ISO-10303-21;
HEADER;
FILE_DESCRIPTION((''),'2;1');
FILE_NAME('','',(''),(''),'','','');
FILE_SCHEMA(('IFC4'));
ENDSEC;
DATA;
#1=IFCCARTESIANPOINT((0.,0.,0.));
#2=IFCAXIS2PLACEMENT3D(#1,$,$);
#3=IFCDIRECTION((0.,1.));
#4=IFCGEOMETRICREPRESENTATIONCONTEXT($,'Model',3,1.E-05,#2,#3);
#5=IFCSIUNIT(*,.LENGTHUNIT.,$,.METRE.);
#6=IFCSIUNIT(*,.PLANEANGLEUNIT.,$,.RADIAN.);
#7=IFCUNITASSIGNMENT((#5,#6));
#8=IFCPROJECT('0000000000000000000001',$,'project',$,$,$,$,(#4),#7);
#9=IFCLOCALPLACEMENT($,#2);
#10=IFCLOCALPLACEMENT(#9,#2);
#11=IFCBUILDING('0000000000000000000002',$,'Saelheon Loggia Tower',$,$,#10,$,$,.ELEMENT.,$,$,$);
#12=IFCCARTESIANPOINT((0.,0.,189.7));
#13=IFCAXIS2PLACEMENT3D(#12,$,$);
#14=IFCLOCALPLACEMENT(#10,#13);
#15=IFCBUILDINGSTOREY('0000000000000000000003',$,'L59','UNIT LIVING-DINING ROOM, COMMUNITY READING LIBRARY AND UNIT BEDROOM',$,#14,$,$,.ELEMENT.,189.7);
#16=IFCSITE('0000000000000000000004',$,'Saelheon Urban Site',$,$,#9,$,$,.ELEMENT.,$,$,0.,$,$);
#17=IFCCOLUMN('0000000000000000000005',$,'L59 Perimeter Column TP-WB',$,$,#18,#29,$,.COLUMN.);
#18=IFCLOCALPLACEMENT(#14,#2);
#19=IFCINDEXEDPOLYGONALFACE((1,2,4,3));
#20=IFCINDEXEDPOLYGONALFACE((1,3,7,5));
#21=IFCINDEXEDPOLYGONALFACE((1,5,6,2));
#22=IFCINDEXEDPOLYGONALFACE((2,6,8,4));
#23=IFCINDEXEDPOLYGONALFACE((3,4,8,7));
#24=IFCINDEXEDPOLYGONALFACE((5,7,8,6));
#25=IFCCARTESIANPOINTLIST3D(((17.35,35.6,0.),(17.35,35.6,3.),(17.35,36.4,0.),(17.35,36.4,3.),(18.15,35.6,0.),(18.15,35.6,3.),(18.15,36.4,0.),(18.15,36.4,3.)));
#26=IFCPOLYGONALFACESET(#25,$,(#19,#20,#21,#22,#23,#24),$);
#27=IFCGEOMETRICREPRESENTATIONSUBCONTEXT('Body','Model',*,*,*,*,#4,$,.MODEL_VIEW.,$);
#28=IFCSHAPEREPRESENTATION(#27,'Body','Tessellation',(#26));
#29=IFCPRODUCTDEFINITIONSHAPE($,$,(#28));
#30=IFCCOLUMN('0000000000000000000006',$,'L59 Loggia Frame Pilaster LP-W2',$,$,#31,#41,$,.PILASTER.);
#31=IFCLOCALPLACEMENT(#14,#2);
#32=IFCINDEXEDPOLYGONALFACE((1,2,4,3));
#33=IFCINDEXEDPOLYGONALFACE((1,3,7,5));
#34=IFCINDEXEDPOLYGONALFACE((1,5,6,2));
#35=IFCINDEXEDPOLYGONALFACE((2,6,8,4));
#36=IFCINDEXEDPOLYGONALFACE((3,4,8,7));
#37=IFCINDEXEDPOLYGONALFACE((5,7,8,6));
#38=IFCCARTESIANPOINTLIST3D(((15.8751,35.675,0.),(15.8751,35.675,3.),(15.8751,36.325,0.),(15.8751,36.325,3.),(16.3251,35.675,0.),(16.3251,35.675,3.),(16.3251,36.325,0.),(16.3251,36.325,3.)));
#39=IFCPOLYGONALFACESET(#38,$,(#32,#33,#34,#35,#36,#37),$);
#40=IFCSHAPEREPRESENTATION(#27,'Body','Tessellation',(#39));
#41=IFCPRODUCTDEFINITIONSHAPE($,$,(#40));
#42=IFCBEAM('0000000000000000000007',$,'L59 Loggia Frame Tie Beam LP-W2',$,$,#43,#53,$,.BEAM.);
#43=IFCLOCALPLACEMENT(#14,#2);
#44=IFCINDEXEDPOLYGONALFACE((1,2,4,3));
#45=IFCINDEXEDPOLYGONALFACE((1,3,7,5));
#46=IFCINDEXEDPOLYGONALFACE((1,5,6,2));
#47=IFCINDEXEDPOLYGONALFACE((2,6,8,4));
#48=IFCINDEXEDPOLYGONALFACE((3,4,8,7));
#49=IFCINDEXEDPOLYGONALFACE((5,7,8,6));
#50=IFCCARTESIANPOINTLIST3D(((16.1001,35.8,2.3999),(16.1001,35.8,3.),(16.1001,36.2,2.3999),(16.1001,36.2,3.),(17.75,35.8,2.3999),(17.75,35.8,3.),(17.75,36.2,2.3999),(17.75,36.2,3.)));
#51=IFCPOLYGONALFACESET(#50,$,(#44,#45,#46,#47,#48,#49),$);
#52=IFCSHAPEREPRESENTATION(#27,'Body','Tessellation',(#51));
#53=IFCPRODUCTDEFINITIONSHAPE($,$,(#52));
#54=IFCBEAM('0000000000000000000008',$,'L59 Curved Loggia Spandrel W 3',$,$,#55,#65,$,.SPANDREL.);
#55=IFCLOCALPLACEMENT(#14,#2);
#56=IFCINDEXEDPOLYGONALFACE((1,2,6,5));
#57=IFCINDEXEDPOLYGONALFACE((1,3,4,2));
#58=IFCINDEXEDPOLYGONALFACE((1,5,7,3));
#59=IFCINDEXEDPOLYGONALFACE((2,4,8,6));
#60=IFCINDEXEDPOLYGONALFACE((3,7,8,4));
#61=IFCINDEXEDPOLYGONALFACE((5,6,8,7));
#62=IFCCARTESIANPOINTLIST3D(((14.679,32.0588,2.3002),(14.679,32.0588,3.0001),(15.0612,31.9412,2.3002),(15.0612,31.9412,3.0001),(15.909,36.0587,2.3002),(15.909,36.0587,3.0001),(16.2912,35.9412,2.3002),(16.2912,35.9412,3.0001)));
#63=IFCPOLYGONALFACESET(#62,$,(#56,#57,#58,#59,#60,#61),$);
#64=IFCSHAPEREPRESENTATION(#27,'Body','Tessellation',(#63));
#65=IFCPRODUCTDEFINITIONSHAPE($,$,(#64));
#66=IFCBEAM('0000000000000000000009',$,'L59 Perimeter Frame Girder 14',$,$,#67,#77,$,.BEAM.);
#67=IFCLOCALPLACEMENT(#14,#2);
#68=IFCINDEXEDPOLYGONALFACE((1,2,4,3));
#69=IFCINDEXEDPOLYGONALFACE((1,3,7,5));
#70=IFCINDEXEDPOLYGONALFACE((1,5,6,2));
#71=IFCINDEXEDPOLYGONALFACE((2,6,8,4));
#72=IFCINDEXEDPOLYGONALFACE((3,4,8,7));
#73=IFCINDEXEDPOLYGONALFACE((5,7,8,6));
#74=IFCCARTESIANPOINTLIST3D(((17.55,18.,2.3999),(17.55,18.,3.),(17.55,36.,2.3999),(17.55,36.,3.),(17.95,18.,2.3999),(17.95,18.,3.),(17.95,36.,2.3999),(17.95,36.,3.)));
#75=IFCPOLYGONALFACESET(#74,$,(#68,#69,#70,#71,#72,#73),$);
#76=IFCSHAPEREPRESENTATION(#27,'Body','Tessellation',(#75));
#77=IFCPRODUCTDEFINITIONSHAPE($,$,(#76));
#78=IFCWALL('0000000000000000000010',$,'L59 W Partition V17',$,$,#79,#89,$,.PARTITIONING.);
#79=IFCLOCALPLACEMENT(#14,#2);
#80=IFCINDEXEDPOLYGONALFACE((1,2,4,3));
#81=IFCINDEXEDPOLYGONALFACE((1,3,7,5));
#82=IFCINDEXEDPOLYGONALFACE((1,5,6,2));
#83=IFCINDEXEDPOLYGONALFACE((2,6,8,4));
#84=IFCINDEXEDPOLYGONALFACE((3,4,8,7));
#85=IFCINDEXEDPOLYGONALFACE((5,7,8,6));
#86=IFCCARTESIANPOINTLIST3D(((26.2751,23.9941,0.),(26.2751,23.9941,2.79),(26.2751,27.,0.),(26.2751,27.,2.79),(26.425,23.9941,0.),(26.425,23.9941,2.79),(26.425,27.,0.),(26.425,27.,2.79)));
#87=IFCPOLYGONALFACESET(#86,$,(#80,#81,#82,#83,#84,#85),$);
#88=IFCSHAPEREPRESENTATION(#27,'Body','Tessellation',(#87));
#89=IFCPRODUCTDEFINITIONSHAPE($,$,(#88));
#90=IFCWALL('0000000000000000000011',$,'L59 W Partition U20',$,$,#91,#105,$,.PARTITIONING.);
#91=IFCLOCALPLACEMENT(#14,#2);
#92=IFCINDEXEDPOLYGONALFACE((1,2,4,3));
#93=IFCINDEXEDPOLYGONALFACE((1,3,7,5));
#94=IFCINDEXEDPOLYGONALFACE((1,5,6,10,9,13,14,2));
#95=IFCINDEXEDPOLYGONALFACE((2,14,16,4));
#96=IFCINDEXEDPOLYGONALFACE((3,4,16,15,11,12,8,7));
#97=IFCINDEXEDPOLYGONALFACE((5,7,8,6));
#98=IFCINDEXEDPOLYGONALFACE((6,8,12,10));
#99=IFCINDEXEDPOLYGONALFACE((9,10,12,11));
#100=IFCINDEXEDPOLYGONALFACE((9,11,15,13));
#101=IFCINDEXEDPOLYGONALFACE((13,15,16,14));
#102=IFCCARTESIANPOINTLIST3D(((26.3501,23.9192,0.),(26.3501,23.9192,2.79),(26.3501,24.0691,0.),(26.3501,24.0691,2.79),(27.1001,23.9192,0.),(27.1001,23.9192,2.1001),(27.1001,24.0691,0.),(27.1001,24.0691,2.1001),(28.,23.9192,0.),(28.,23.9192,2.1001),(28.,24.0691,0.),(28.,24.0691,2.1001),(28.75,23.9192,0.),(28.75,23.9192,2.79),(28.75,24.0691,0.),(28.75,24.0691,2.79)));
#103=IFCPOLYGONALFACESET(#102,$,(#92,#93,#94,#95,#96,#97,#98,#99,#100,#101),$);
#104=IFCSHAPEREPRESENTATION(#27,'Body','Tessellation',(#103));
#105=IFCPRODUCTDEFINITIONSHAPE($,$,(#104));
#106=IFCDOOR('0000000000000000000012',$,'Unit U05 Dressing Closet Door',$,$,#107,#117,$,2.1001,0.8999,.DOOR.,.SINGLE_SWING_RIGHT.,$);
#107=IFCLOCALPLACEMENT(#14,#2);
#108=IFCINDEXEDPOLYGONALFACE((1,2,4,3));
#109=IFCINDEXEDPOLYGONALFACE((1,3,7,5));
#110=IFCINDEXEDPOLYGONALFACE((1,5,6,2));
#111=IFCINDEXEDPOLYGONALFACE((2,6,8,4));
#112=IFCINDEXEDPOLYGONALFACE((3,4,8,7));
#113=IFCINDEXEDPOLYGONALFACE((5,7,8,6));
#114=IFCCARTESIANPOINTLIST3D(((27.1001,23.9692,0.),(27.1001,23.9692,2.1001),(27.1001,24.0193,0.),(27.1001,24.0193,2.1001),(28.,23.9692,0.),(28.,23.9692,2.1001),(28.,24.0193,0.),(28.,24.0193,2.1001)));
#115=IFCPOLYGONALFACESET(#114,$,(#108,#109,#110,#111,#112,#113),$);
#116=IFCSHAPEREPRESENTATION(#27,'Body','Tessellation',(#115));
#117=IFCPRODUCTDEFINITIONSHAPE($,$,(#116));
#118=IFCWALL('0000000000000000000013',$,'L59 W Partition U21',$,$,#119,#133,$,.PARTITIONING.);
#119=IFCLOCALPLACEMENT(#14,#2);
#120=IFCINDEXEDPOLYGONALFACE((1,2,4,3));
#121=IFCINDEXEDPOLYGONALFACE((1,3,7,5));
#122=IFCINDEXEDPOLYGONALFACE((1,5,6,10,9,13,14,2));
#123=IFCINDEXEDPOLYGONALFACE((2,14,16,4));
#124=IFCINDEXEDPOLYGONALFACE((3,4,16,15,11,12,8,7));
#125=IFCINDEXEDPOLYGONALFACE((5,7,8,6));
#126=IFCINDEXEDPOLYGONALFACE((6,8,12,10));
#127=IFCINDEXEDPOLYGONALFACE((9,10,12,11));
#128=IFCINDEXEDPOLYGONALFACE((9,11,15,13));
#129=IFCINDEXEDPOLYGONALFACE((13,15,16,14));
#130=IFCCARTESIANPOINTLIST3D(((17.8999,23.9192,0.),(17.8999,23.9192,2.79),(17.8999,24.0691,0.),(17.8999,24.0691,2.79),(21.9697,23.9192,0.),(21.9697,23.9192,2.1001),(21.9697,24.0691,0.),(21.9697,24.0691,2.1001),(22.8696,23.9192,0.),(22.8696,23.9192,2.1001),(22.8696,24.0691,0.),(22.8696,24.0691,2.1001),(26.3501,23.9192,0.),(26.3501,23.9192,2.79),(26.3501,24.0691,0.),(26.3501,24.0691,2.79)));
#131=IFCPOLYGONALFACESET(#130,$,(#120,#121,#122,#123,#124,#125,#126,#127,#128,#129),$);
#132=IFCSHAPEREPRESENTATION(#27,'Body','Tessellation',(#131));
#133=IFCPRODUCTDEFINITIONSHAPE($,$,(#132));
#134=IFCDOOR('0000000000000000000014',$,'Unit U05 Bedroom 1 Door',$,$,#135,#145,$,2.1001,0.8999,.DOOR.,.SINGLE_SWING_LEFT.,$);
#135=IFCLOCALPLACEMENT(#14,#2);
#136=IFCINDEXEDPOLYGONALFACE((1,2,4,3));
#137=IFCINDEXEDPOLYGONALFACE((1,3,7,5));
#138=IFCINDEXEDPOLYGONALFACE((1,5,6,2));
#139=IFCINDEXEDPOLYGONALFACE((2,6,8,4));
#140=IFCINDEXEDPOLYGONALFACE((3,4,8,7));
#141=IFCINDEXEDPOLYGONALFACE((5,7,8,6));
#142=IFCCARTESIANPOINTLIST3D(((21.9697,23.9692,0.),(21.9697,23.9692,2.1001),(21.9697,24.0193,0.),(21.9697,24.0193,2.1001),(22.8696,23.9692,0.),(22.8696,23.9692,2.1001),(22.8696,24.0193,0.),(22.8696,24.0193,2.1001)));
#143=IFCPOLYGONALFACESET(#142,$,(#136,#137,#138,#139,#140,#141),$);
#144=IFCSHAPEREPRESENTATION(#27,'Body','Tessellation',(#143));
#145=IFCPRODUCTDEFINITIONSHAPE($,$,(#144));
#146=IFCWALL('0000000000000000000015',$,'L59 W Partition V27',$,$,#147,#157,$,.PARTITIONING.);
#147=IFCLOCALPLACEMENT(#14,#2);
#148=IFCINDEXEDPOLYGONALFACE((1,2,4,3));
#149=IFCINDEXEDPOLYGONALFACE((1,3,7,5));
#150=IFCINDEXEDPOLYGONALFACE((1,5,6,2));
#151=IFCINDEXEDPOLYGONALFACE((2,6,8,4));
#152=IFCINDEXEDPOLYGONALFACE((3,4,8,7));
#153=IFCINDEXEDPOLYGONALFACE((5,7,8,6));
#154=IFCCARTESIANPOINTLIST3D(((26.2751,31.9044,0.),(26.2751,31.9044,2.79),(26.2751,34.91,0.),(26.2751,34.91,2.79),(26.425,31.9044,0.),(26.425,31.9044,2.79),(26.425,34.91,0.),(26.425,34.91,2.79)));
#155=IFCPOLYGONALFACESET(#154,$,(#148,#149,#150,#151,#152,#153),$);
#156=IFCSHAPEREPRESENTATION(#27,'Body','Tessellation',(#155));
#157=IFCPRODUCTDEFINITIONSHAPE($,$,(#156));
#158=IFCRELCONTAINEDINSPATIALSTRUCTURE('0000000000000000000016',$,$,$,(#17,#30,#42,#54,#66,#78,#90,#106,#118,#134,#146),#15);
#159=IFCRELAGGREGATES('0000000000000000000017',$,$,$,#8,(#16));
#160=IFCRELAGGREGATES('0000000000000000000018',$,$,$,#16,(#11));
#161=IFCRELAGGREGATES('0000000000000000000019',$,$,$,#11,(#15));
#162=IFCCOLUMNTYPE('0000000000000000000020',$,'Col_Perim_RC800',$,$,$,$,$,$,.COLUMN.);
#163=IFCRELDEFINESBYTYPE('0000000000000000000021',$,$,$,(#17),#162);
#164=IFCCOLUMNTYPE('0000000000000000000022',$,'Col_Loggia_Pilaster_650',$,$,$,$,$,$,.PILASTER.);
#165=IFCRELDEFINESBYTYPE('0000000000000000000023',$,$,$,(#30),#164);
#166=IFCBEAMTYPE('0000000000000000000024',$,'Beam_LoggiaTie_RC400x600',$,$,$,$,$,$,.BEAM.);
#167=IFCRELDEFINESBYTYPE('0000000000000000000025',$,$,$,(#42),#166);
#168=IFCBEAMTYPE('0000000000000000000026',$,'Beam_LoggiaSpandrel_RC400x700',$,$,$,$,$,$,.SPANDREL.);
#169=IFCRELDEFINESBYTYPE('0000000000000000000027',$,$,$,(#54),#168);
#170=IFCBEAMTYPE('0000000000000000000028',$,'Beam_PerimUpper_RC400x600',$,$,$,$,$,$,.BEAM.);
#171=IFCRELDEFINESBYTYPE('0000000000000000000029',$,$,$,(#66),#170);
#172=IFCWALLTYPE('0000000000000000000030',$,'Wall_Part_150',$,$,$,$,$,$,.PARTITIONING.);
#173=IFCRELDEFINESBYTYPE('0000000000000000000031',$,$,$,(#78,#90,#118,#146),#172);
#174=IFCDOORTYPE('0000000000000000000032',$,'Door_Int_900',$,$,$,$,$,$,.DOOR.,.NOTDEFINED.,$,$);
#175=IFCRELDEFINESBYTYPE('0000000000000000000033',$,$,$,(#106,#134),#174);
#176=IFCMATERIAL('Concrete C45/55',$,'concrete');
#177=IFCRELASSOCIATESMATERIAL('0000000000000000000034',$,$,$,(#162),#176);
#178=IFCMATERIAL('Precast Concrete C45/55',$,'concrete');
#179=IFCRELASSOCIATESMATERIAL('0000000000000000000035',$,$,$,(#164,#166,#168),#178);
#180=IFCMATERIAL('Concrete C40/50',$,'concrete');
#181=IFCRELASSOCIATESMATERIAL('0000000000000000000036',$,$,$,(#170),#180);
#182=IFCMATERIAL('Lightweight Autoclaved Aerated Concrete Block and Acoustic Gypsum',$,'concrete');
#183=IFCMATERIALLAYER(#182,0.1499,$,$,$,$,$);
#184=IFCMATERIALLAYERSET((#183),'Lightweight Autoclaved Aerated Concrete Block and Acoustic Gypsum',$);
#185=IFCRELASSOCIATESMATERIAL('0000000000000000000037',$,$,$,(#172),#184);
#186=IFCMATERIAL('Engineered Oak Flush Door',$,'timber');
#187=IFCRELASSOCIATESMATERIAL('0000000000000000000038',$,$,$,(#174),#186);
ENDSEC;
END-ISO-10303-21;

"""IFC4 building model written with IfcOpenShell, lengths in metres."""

from ifc_helpers import new_model, si_unit, direction, frame, frame_2d, origin, origin_2d, place, context, subcontext, project, spatial, rectangle, extrude, source, transform, mapped, material, layer, layer_set, material_profile, profile_set, type_object, element, fill, save


model = new_model("IFC4")

# Units and contexts
model_context = context("Model", 3, precision=1e-05, world=origin(), true_north=direction((0.0, 1.0)))
body_context = subcontext(model_context, "Body", "Model", "MODEL_VIEW")
ifc_project = project(units=[si_unit("LENGTHUNIT", "METRE"), si_unit("PLANEANGLEUNIT", "RADIAN")], contexts=[model_context])

# Site, building, storey
site_placement = place(None, origin())
site = spatial("IfcSite", under=ifc_project, at=site_placement, Name="Saelheon Urban Site", CompositionType="ELEMENT", RefElevation=0.0)
building_placement = place(site_placement, origin())
building = spatial("IfcBuilding", under=site, at=building_placement, Name="Saelheon Loggia Tower", CompositionType="ELEMENT")
storey_placement = place(building_placement, frame((0.0, 0.0, 189.7)))
storey = spatial("IfcBuildingStorey", under=building, at=storey_placement, Name="L59", Description="UNIT LIVING-DINING ROOM, COMMUNITY READING LIBRARY AND UNIT BEDROOM", CompositionType="ELEMENT", Elevation=189.7)

# Columns
ifc_material_1 = material(Name="Concrete C45/55", Category="concrete")
ifc_material_profile_1 = material_profile(ifc_material_1, rectangle(XDim=0.8, YDim=0.8, at=origin_2d()), Name="RC-800x800")
ifc_profile_set_1 = profile_set([ifc_material_profile_1], Name="Concrete C45/55")
column_type_1 = type_object("IfcColumnType", Name="Col_Perim_RC800", PredefinedType="COLUMN", material=ifc_profile_set_1)
shared_shape_1 = source(origin(), body_context, "Body", "SweptSolid", [
    extrude(rectangle(XDim=0.8, YDim=0.8, at=origin_2d()), origin(), (0.0, 0.0, 1.0), 3.0),
])
column_1_placement = place(storey_placement, frame((17.75, 36.0, 0.0), z_axis=(0.0, 0.0, 1.0), x_axis=(1.0, 0.0, 0.0)))
element("IfcColumn", 1, at=column_1_placement, inside=storey, type_object=column_type_1, Name="L59 Perimeter Column TP-WB", PredefinedType="COLUMN", context=body_context, shape_type="MappedRepresentation", body=[
    mapped(shared_shape_1, transform((0.0, 0.0, 0.0), scale=1.0)),
])
ifc_material_2 = material(Name="Precast Concrete C45/55", Category="concrete")
ifc_material_profile_2 = material_profile(ifc_material_2, rectangle(XDim=0.45, YDim=0.6499, at=origin_2d()), Name="RC-450x650")
ifc_profile_set_2 = profile_set([ifc_material_profile_2], Name="Precast Concrete C45/55")
column_type_2 = type_object("IfcColumnType", Name="Col_Loggia_Pilaster_650", PredefinedType="PILASTER", material=ifc_profile_set_2)
shared_shape_2 = source(origin(), body_context, "Body", "SweptSolid", [
    extrude(rectangle(XDim=0.45, YDim=0.6499, at=origin_2d()), origin(), (0.0, 0.0, 1.0), 3.0),
])
column_2_placement = place(storey_placement, frame((16.1001, 36.0, 0.0), z_axis=(0.0, 0.0, 1.0), x_axis=(1.0, 0.0, 0.0)))
element("IfcColumn", 2, at=column_2_placement, inside=storey, type_object=column_type_2, Name="L59 Loggia Frame Pilaster LP-W2", PredefinedType="PILASTER", context=body_context, shape_type="MappedRepresentation", body=[
    mapped(shared_shape_2, transform((0.0, 0.0, 0.0), scale=1.0)),
])

# Beams
ifc_material_profile_3 = material_profile(ifc_material_2, rectangle(XDim=0.3999, YDim=0.6001, at=origin_2d()), Name="RC-400x600")
ifc_profile_set_3 = profile_set([ifc_material_profile_3], Name="Precast Concrete C45/55")
beam_type_1 = type_object("IfcBeamType", Name="Beam_LoggiaTie_RC400x600", PredefinedType="BEAM", material=ifc_profile_set_3)
shared_shape_3 = source(origin(), body_context, "Body", "SweptSolid", [
    extrude(rectangle(XDim=0.3999, YDim=0.6001, at=origin_2d()), origin(), (0.0, 0.0, 1.0), 1.6499),
])
beam_1_placement = place(storey_placement, frame((17.75, 36.0, 2.7), z_axis=(-1.0, 0.0, 0.0), x_axis=(0.0, -1.0, 0.0)))
element("IfcBeam", 3, at=beam_1_placement, inside=storey, type_object=beam_type_1, Name="L59 Loggia Frame Tie Beam LP-W2", PredefinedType="BEAM", context=body_context, shape_type="MappedRepresentation", body=[
    mapped(shared_shape_3, transform((0.0, 0.0, 0.0), scale=1.0)),
])
ifc_material_profile_4 = material_profile(ifc_material_2, rectangle(XDim=0.3999, YDim=0.7, at=origin_2d()), Name="RC-400x700")
ifc_profile_set_4 = profile_set([ifc_material_profile_4], Name="Precast Concrete C45/55")
beam_type_2 = type_object("IfcBeamType", Name="Beam_LoggiaSpandrel_RC400x700", PredefinedType="SPANDREL", material=ifc_profile_set_4)
shared_shape_4 = source(origin(), body_context, "Body", "SweptSolid", [
    extrude(rectangle(XDim=0.3999, YDim=0.7, at=origin_2d()), origin(), (0.0, 0.0, 1.0), 4.1848),
])
beam_2_placement = place(storey_placement, frame((14.8701, 32.0, 2.6501), z_axis=(0.293914, 0.955832, 0.0), x_axis=(-0.955832, 0.293914, 0.0)))
element("IfcBeam", 4, at=beam_2_placement, inside=storey, type_object=beam_type_2, Name="L59 Curved Loggia Spandrel W 3", PredefinedType="SPANDREL", context=body_context, shape_type="MappedRepresentation", body=[
    mapped(shared_shape_4, transform((0.0, 0.0, 0.0), scale=1.0)),
])
ifc_material_3 = material(Name="Concrete C40/50", Category="concrete")
ifc_material_profile_5 = material_profile(ifc_material_3, rectangle(XDim=0.3999, YDim=0.6001, at=origin_2d()), Name="RC-400x600")
ifc_profile_set_5 = profile_set([ifc_material_profile_5], Name="Concrete C40/50")
beam_type_3 = type_object("IfcBeamType", Name="Beam_PerimUpper_RC400x600", PredefinedType="BEAM", material=ifc_profile_set_5)
shared_shape_5 = source(origin(), body_context, "Body", "SweptSolid", [
    extrude(rectangle(XDim=0.3999, YDim=0.6001, at=origin_2d()), origin(), (0.0, 0.0, 1.0), 18.0),
])
beam_3_placement = place(storey_placement, frame((17.75, 36.0, 2.7), z_axis=(0.0, -1.0, 0.0), x_axis=(1.0, 0.0, 0.0)))
element("IfcBeam", 5, at=beam_3_placement, inside=storey, type_object=beam_type_3, Name="L59 Perimeter Frame Girder 14", PredefinedType="BEAM", context=body_context, shape_type="MappedRepresentation", body=[
    mapped(shared_shape_5, transform((0.0, 0.0, 0.0), scale=1.0)),
])

# Wall
ifc_material_4 = material(Name="Lightweight Autoclaved Aerated Concrete Block and Acoustic Gypsum", Category="concrete")
ifc_layer_1 = layer(ifc_material_4, 0.1499)
ifc_layer_set_1 = layer_set([ifc_layer_1], Name="Lightweight Autoclaved Aerated Concrete Block and Acoustic Gypsum")
wall_type_1 = type_object("IfcWallType", Name="Wall_Part_150", PredefinedType="PARTITIONING", material=ifc_layer_set_1)
wall_1_placement = place(storey_placement, frame((26.3501, 23.9941, 0.0), z_axis=(0.0, 0.0, 1.0), x_axis=(0.0, 1.0, 0.0)))
element("IfcWall", 6, at=wall_1_placement, inside=storey, type_object=wall_type_1, Name="L59 W Partition V17", PredefinedType="PARTITIONING", context=body_context, shape_type="SweptSolid", body=[
    extrude(rectangle(XDim=3.0059, YDim=0.1499, at=frame_2d((1.5029, 0.0))), origin(), (0.0, 0.0, 1.0), 2.79),
])

# Walls, openings, doors
wall_2_placement = place(storey_placement, frame((28.75, 23.9941, 0.0), z_axis=(0.0, 0.0, 1.0), x_axis=(-1.0, 0.0, 0.0)))
wall_2 = element("IfcWall", 7, at=wall_2_placement, inside=storey, type_object=wall_type_1, Name="L59 W Partition U20", PredefinedType="PARTITIONING", context=body_context, shape_type="SweptSolid", body=[
    extrude(rectangle(XDim=2.3999, YDim=0.1499, at=frame_2d((1.2, 0.0))), origin(), (0.0, 0.0, 1.0), 2.79),
])
opening_1_placement = place(wall_2_placement, frame((0.75, 0.0, 0.0)))
opening_1 = element("IfcOpeningElement", 8, at=opening_1_placement, cuts=wall_2, PredefinedType="OPENING", context=body_context, shape_type="SweptSolid", body=[
    extrude(rectangle(XDim=0.8999, YDim=2.1001, at=frame_2d((0.45, 1.05))), frame((0.0, 0.0869, 0.0), z_axis=(0.0, -1.0, 0.0), x_axis=(1.0, 0.0, 0.0)), (0.0, 0.0, 1.0), 0.1738),
])
ifc_material_5 = material(Name="Engineered Oak Flush Door", Category="timber")
door_type = type_object("IfcDoorType", Name="Door_Int_900", OperationType="NOTDEFINED", PredefinedType="DOOR", material=ifc_material_5)
shared_shape_6 = source(origin(), body_context, "Body", "SweptSolid", [
    extrude(rectangle(XDim=0.8999, YDim=2.1001, at=frame_2d((0.45, 1.05))), frame((0.0, 0.0249, 0.0), z_axis=(0.0, -1.0, 0.0), x_axis=(1.0, 0.0, 0.0)), (0.0, 0.0, 1.0), 0.05),
])
door_1_placement = place(opening_1_placement, origin())
door_1 = element("IfcDoor", 9, at=door_1_placement, inside=storey, type_object=door_type, Name="Unit U05 Dressing Closet Door", OperationType="SINGLE_SWING_RIGHT", OverallHeight=2.1001, OverallWidth=0.8999, PredefinedType="DOOR", context=body_context, shape_type="MappedRepresentation", body=[
    mapped(shared_shape_6, transform((0.0, 0.0, 0.0), scale=1.0)),
])
fill(opening_1, door_1)
wall_3_placement = place(storey_placement, frame((26.3501, 23.9941, 0.0), z_axis=(0.0, 0.0, 1.0), x_axis=(-1.0, 0.0, 0.0)))
wall_3 = element("IfcWall", 10, at=wall_3_placement, inside=storey, type_object=wall_type_1, Name="L59 W Partition U21", PredefinedType="PARTITIONING", context=body_context, shape_type="SweptSolid", body=[
    extrude(rectangle(XDim=8.4502, YDim=0.1499, at=frame_2d((4.2251, 0.0))), origin(), (0.0, 0.0, 1.0), 2.79),
])
opening_2_placement = place(wall_3_placement, frame((3.4805, 0.0, 0.0)))
opening_2 = element("IfcOpeningElement", 11, at=opening_2_placement, cuts=wall_3, PredefinedType="OPENING", context=body_context, shape_type="SweptSolid", body=[
    extrude(rectangle(XDim=0.8999, YDim=2.1001, at=frame_2d((0.45, 1.05))), frame((0.0, 0.0869, 0.0), z_axis=(0.0, -1.0, 0.0), x_axis=(1.0, 0.0, 0.0)), (0.0, 0.0, 1.0), 0.1738),
])
door_2_placement = place(opening_2_placement, origin())
door_2 = element("IfcDoor", 12, at=door_2_placement, inside=storey, type_object=door_type, Name="Unit U05 Bedroom 1 Door", OperationType="SINGLE_SWING_LEFT", OverallHeight=2.1001, OverallWidth=0.8999, PredefinedType="DOOR", context=body_context, shape_type="MappedRepresentation", body=[
    mapped(shared_shape_6, transform((0.0, 0.0, 0.0), scale=1.0)),
])
fill(opening_2, door_2)

# Wall
wall_4_placement = place(storey_placement, frame((26.3501, 31.9043, 0.0), z_axis=(0.0, 0.0, 1.0), x_axis=(0.0, 1.0, 0.0)))
element("IfcWall", 13, at=wall_4_placement, inside=storey, type_object=wall_type_1, Name="L59 W Partition V27", PredefinedType="PARTITIONING", context=body_context, shape_type="SweptSolid", body=[
    extrude(rectangle(XDim=3.0056, YDim=0.1499, at=frame_2d((1.5029, 0.0))), origin(), (0.0, 0.0, 1.0), 2.79),
])

save(model, "model.ifc")
